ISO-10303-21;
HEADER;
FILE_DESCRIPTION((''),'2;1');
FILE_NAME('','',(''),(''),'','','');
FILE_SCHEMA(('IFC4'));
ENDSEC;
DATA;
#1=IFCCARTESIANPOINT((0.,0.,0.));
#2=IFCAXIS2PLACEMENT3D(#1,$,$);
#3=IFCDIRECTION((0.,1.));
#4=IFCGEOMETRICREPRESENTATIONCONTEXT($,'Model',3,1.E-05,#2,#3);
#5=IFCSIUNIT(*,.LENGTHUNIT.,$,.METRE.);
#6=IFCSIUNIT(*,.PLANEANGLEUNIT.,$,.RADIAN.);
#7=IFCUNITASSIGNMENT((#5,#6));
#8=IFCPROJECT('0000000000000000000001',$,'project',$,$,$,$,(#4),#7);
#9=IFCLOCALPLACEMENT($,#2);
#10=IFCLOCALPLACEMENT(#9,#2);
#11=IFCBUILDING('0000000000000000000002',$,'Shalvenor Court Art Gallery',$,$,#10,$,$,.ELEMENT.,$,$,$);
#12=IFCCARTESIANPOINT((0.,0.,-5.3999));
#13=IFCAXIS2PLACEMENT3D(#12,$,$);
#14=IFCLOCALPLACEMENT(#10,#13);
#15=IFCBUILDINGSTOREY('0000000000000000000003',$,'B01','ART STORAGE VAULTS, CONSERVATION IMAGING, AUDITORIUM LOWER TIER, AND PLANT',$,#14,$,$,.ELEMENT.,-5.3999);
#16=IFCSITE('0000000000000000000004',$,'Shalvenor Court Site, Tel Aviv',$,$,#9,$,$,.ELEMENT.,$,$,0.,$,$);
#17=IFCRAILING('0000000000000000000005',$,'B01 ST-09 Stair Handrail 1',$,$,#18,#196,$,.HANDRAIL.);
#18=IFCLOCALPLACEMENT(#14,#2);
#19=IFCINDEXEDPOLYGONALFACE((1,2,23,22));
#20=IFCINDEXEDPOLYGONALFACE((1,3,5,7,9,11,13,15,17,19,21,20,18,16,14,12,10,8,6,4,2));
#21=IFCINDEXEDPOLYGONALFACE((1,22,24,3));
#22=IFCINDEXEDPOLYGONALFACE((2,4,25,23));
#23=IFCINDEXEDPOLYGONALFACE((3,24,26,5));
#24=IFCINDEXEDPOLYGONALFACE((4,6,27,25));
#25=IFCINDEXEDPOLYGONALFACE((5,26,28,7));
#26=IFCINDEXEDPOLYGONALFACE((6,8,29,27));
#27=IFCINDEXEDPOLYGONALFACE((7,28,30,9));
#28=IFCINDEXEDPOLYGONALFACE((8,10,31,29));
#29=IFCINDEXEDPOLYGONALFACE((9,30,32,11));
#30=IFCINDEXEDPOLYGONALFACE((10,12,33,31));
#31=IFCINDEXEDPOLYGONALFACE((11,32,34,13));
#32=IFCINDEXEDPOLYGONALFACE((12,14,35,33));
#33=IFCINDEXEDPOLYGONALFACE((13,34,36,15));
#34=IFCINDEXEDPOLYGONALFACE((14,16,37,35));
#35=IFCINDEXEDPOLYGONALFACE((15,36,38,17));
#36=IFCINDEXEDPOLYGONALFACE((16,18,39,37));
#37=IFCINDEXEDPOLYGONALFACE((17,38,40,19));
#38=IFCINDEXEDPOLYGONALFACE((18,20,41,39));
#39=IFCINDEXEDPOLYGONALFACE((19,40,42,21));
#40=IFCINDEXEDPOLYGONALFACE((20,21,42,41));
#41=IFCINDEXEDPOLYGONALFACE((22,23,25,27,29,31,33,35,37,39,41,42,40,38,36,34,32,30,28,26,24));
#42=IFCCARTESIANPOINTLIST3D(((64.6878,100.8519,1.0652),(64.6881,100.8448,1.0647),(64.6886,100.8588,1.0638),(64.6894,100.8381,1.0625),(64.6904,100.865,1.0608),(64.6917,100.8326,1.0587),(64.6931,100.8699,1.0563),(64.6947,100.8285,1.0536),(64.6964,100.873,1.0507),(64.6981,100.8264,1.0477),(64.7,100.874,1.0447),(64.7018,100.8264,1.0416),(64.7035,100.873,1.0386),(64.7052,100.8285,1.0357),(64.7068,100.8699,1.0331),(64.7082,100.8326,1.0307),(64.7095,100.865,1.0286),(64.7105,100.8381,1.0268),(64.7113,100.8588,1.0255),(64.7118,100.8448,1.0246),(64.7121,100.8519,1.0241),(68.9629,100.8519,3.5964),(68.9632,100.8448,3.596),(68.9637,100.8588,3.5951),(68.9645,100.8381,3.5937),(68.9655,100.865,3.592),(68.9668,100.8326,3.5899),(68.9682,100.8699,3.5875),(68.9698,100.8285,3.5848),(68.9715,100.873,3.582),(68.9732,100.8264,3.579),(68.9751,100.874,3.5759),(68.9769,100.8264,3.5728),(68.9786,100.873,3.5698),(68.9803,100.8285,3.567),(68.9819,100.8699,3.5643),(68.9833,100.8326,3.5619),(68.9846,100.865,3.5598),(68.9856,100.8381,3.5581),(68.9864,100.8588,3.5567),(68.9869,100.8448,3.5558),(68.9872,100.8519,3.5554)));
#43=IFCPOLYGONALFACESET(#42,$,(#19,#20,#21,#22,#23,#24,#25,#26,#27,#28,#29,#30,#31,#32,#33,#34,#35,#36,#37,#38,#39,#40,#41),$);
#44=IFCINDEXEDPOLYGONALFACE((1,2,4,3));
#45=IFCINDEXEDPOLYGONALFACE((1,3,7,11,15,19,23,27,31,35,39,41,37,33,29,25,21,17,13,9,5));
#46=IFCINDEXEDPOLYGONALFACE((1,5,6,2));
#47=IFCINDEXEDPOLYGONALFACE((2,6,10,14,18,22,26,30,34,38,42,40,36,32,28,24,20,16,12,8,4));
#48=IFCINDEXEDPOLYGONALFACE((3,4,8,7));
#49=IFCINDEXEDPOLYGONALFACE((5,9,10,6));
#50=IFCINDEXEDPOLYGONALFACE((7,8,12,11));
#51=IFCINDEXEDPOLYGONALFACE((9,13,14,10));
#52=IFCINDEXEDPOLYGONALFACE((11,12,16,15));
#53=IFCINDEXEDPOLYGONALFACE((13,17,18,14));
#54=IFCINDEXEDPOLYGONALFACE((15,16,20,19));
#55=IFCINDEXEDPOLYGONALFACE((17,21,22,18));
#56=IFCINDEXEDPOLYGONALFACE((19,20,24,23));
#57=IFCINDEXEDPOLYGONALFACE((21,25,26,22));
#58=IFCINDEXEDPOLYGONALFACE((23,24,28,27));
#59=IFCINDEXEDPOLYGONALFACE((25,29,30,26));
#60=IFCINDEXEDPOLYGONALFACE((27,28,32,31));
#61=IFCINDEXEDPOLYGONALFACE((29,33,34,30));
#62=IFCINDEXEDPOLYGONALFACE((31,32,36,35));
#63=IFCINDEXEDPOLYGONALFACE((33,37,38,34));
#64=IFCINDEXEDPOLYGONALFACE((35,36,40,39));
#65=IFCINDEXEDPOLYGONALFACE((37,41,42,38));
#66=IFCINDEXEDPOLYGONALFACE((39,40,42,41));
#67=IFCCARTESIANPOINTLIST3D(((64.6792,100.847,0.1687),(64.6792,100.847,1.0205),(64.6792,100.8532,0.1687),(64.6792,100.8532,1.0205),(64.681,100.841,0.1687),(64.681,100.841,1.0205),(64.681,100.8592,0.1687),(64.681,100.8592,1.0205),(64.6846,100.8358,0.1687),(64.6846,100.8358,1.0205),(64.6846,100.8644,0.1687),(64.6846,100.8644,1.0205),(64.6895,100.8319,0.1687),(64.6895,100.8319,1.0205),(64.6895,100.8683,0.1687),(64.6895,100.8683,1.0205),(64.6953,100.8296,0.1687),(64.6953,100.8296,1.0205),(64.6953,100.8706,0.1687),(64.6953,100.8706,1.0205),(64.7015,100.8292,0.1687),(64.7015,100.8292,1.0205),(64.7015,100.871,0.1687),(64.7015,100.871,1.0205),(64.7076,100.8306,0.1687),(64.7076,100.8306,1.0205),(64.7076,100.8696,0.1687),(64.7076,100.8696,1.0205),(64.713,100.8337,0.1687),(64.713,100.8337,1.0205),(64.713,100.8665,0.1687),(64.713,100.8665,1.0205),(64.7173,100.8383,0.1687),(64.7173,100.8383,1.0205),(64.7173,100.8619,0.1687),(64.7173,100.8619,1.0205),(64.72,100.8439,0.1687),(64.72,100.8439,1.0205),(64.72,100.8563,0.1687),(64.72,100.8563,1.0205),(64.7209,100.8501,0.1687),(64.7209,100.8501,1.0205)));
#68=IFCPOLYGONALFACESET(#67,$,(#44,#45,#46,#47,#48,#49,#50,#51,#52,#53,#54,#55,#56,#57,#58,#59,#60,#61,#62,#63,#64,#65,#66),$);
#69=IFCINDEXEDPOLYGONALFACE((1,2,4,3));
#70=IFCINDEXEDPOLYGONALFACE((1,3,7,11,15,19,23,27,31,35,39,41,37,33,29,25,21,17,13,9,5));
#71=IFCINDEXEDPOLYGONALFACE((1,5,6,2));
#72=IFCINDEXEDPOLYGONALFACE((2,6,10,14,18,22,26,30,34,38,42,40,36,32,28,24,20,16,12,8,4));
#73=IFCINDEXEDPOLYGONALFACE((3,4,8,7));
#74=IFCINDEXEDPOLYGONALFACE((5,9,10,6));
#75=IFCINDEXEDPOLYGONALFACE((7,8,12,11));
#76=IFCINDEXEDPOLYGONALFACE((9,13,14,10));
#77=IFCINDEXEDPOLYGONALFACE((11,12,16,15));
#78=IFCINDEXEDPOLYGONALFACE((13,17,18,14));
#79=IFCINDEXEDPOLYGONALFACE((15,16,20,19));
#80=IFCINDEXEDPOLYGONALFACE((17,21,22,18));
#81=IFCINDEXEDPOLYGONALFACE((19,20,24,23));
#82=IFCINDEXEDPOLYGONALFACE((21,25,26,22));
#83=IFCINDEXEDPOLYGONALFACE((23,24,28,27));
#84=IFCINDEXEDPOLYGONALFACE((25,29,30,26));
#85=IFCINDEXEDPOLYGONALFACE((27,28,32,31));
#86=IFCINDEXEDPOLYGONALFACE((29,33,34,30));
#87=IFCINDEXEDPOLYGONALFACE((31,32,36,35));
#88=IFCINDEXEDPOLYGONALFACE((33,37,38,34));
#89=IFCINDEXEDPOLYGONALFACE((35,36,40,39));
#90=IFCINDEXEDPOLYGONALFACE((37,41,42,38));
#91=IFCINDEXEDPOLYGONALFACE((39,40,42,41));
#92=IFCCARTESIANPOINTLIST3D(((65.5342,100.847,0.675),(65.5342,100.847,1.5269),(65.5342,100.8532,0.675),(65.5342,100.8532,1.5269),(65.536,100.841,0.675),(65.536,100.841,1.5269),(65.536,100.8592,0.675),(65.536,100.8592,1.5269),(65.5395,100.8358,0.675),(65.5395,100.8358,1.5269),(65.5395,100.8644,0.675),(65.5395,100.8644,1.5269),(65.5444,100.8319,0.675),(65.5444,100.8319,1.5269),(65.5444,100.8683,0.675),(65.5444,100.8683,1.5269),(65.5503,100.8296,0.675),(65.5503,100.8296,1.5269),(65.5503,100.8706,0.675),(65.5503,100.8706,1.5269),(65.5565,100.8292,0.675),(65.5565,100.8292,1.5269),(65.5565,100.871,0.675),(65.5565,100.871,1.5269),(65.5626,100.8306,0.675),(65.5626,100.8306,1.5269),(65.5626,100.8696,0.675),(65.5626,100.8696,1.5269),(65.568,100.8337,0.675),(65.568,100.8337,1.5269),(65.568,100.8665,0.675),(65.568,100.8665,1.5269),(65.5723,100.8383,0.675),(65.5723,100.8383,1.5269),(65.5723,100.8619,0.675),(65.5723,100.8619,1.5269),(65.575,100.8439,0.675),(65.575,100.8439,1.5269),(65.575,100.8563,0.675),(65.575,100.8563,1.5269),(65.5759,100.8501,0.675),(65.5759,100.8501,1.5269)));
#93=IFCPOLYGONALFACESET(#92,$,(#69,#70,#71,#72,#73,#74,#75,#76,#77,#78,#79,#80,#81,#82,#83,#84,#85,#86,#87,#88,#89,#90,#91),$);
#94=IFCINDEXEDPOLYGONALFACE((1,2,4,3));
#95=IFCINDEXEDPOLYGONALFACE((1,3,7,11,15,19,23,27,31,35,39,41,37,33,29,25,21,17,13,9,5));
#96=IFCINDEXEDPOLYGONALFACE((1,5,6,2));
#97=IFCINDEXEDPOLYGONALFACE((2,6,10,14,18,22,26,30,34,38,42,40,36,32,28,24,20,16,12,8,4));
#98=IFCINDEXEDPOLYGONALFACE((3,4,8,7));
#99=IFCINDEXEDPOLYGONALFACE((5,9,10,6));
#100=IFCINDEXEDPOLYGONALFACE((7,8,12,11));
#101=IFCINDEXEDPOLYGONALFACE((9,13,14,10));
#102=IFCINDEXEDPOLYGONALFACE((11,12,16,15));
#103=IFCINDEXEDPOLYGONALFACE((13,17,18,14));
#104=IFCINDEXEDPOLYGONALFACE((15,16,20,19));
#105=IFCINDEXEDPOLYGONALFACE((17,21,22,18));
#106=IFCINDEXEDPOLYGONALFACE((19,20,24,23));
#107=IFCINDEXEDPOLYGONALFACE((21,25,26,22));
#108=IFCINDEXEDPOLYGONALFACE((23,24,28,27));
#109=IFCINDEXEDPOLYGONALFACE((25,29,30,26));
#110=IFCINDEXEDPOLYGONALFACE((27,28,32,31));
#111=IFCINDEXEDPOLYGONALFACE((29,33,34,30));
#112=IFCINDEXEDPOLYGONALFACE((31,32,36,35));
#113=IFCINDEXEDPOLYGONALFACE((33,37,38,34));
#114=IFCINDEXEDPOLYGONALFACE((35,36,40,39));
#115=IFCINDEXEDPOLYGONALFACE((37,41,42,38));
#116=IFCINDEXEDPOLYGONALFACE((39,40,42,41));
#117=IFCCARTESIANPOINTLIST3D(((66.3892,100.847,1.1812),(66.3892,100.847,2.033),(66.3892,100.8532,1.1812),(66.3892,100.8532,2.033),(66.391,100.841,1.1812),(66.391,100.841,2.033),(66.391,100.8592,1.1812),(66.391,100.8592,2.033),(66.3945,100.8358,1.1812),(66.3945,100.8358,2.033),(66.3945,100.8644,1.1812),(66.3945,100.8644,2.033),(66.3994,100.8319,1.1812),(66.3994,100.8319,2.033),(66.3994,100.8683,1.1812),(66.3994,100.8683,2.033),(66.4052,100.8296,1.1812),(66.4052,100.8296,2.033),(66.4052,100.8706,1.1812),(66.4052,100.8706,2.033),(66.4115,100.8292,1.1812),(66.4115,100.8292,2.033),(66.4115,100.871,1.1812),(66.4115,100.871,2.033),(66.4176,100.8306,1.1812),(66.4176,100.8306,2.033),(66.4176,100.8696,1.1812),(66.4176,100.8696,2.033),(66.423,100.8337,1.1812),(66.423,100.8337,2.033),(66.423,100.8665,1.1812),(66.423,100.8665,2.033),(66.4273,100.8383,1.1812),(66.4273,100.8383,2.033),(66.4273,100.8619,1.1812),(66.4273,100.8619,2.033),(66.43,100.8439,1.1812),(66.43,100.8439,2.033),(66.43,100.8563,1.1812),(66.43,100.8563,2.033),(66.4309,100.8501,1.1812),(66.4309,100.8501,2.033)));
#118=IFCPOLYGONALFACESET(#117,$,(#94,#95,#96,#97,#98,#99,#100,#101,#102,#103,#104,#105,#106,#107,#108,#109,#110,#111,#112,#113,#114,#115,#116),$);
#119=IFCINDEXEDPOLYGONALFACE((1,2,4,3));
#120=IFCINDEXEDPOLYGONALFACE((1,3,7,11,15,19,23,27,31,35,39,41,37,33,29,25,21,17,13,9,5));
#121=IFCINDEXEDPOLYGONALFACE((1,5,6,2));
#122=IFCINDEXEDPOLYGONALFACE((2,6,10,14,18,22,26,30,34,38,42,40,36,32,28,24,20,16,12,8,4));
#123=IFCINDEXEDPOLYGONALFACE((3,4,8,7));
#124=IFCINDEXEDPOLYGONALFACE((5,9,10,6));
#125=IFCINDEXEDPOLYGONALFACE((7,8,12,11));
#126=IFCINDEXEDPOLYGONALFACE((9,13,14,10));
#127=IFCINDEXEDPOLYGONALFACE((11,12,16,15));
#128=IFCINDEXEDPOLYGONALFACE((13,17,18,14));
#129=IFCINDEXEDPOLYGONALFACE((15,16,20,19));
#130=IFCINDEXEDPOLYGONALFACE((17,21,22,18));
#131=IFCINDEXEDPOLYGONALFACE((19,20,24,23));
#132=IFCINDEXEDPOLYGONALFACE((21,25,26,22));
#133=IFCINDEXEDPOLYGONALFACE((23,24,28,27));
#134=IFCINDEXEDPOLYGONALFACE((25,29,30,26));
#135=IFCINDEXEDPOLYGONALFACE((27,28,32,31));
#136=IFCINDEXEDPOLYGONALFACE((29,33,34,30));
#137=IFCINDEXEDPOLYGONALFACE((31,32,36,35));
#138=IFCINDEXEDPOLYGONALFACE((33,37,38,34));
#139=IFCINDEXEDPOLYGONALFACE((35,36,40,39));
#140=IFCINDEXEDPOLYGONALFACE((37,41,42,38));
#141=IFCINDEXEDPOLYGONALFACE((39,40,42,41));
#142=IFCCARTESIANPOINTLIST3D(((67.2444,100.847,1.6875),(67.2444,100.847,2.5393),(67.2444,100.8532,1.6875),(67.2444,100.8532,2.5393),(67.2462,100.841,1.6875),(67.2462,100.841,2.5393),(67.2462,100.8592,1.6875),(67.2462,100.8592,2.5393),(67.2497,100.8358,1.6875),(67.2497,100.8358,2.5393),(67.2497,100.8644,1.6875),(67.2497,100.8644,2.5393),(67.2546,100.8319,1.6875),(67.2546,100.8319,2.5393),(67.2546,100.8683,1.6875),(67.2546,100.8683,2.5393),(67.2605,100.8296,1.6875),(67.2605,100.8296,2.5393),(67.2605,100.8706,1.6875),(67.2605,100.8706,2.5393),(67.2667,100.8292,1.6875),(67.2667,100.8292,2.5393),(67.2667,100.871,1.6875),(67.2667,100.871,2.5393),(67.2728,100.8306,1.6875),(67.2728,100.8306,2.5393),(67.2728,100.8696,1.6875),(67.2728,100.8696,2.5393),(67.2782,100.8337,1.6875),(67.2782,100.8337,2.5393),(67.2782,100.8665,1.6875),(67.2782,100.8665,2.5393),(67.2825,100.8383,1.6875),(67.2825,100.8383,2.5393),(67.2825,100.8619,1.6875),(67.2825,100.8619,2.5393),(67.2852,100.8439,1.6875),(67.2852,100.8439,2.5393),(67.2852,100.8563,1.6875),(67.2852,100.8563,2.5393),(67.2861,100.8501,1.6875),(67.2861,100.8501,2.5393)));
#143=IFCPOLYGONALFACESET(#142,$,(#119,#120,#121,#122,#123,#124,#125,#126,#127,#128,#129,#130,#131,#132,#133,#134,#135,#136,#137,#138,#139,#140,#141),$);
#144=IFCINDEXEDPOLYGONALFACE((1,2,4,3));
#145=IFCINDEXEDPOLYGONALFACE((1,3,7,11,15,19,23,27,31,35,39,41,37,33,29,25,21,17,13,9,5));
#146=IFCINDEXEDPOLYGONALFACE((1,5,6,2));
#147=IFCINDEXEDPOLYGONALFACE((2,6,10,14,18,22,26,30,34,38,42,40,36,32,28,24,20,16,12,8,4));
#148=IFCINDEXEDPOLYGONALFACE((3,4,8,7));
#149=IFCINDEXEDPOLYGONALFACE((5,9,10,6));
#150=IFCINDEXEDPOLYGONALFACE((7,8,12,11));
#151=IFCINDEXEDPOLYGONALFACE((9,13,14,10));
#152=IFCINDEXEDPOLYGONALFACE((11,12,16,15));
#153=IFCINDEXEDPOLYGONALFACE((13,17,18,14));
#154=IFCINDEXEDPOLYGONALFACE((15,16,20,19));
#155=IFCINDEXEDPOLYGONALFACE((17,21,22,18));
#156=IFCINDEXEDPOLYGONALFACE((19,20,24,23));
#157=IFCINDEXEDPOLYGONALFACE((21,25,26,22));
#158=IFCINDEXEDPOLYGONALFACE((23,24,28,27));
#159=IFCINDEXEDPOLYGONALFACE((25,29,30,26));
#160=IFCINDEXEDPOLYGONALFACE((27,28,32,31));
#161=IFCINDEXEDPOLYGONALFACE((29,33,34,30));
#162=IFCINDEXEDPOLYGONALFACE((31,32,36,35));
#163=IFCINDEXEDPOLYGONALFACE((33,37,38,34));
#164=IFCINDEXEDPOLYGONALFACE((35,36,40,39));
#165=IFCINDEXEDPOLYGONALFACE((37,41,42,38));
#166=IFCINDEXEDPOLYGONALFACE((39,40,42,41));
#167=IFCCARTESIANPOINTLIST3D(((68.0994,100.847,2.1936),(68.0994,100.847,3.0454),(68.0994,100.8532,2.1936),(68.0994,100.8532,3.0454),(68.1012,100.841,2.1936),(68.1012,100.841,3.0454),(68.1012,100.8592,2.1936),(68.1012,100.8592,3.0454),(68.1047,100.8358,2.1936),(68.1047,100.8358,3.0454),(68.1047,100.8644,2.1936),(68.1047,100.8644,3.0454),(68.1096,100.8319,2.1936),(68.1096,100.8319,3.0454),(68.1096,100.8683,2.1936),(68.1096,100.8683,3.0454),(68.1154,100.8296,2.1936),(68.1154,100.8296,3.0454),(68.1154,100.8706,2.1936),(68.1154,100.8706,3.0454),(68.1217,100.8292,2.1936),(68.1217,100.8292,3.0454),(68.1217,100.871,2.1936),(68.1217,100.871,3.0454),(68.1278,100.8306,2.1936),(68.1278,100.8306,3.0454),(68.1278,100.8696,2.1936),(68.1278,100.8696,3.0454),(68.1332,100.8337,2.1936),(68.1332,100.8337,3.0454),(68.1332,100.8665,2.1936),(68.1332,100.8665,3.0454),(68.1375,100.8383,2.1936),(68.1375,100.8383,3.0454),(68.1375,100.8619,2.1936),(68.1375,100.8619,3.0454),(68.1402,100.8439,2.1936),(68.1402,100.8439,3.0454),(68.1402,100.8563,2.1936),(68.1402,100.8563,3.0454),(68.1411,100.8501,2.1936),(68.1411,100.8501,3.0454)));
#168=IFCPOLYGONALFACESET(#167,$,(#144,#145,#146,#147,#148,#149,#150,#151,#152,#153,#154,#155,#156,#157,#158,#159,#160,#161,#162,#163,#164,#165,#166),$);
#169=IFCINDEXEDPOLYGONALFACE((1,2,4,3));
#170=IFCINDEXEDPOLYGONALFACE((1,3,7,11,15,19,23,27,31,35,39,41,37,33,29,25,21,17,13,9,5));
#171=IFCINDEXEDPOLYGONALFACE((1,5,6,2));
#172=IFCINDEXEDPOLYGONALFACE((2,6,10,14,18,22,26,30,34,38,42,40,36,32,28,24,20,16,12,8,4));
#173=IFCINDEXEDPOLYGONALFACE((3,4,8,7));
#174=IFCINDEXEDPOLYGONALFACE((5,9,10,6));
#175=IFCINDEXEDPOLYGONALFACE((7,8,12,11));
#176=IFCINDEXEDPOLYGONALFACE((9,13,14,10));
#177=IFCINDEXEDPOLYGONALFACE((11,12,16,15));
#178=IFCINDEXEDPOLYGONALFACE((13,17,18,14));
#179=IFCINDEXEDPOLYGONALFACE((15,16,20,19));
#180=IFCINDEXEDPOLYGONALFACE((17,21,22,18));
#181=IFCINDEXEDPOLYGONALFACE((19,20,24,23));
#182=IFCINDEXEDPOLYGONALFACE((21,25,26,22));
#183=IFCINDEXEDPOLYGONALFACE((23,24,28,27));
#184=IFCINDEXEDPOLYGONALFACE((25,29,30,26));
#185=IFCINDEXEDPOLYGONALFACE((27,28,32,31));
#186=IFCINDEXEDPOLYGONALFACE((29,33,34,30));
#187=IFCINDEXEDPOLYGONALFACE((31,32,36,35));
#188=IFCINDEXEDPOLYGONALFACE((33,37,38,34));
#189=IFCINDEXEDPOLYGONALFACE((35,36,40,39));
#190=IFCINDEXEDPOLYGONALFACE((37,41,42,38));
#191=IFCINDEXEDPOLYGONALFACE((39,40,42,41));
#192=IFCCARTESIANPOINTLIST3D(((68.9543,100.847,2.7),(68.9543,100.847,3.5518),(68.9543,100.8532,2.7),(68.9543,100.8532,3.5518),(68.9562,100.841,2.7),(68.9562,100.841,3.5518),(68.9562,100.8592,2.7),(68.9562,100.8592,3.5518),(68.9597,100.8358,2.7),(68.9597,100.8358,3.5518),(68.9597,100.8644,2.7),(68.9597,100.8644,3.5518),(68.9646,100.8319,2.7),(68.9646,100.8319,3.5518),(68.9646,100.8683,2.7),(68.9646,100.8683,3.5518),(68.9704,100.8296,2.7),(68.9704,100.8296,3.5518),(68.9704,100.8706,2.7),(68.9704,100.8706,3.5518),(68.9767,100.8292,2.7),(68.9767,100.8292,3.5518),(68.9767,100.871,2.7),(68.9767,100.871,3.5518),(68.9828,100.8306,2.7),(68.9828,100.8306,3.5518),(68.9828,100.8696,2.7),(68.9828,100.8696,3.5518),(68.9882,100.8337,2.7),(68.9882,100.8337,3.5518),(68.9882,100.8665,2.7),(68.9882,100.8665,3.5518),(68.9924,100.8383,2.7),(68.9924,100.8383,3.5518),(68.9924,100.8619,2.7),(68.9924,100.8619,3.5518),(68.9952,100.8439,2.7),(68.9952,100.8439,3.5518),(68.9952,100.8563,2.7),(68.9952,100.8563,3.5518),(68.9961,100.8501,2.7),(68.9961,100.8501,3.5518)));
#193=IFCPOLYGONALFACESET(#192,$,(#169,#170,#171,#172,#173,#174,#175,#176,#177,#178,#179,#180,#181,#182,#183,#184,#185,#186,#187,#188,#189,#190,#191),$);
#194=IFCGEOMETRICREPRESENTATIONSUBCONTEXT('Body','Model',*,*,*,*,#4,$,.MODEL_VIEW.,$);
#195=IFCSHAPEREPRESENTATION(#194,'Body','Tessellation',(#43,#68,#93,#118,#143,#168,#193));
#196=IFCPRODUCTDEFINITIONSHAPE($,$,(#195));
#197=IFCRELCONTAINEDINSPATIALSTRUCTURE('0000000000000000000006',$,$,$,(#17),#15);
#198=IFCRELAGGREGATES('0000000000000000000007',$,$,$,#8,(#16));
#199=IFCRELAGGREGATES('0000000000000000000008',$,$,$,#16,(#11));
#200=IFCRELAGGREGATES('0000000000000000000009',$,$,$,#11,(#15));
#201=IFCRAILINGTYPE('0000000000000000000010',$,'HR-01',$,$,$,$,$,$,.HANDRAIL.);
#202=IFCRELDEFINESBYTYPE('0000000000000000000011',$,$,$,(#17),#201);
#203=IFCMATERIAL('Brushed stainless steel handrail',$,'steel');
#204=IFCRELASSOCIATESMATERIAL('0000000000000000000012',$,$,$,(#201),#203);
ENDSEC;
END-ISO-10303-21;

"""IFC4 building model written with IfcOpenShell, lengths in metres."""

from ifc_helpers import new_model, si_unit, direction, frame, origin, origin_2d, place, context, subcontext, project, spatial, circle, extrude, material, type_object, element, save


model = new_model("IFC4")

# Units and contexts
model_context = context("Model", 3, precision=1e-05, world=origin(), true_north=direction((0.0, 1.0)))
body_context = subcontext(model_context, "Body", "Model", "MODEL_VIEW")
ifc_project = project(units=[si_unit("LENGTHUNIT", "METRE"), si_unit("PLANEANGLEUNIT", "RADIAN")], contexts=[model_context])

# Site, building, storey
site_placement = place(None, origin())
site = spatial("IfcSite", under=ifc_project, at=site_placement, Name="Shalvenor Court Site, Tel Aviv", CompositionType="ELEMENT", RefElevation=0.0)
building_placement = place(site_placement, origin())
building = spatial("IfcBuilding", under=site, at=building_placement, Name="Shalvenor Court Art Gallery", CompositionType="ELEMENT")
storey_placement = place(building_placement, frame((0.0, 0.0, -5.3999)))
storey = spatial("IfcBuildingStorey", under=building, at=storey_placement, Name="B01", Description="ART STORAGE VAULTS, CONSERVATION IMAGING, AUDITORIUM LOWER TIER, AND PLANT", CompositionType="ELEMENT", Elevation=-5.3999)

# Railing
ifc_material_1 = material(Name="Brushed stainless steel handrail", Category="steel")
railing_type = type_object("IfcRailingType", Name="HR-01", PredefinedType="HANDRAIL", material=ifc_material_1)
railing_placement = place(storey_placement, frame((64.7, 100.8501, 0.1687)))
element("IfcRailing", 1, at=railing_placement, inside=storey, type_object=railing_type, Name="B01 ST-09 Stair Handrail 1", PredefinedType="HANDRAIL", context=body_context, shape_type="SweptSolid", body=[
    extrude(circle(Radius=0.0239, at=origin_2d()), frame((0.0, 0.0, 0.876), z_axis=(0.860483, 0.0, 0.509479), x_axis=(0.0, 1.0, 0.0)), (0.0, 0.0, 1.0), 4.9683),
    extrude(circle(Radius=0.021, at=origin_2d()), origin(), (0.0, 0.0, 1.0), 0.8518),
    extrude(circle(Radius=0.021, at=origin_2d()), frame((0.855, 0.0, 0.5063)), (0.0, 0.0, 1.0), 0.8518),
    extrude(circle(Radius=0.021, at=origin_2d()), frame((1.71, 0.0, 1.0125)), (0.0, 0.0, 1.0), 0.8518),
    extrude(circle(Radius=0.021, at=origin_2d()), frame((2.5652, 0.0, 1.5188)), (0.0, 0.0, 1.0), 0.8518),
    extrude(circle(Radius=0.021, at=origin_2d()), frame((3.4202, 0.0, 2.0249)), (0.0, 0.0, 1.0), 0.8518),
    extrude(circle(Radius=0.021, at=origin_2d()), frame((4.2751, 0.0, 2.5312)), (0.0, 0.0, 1.0), 0.8518),
])

save(model, "model.ifc")
